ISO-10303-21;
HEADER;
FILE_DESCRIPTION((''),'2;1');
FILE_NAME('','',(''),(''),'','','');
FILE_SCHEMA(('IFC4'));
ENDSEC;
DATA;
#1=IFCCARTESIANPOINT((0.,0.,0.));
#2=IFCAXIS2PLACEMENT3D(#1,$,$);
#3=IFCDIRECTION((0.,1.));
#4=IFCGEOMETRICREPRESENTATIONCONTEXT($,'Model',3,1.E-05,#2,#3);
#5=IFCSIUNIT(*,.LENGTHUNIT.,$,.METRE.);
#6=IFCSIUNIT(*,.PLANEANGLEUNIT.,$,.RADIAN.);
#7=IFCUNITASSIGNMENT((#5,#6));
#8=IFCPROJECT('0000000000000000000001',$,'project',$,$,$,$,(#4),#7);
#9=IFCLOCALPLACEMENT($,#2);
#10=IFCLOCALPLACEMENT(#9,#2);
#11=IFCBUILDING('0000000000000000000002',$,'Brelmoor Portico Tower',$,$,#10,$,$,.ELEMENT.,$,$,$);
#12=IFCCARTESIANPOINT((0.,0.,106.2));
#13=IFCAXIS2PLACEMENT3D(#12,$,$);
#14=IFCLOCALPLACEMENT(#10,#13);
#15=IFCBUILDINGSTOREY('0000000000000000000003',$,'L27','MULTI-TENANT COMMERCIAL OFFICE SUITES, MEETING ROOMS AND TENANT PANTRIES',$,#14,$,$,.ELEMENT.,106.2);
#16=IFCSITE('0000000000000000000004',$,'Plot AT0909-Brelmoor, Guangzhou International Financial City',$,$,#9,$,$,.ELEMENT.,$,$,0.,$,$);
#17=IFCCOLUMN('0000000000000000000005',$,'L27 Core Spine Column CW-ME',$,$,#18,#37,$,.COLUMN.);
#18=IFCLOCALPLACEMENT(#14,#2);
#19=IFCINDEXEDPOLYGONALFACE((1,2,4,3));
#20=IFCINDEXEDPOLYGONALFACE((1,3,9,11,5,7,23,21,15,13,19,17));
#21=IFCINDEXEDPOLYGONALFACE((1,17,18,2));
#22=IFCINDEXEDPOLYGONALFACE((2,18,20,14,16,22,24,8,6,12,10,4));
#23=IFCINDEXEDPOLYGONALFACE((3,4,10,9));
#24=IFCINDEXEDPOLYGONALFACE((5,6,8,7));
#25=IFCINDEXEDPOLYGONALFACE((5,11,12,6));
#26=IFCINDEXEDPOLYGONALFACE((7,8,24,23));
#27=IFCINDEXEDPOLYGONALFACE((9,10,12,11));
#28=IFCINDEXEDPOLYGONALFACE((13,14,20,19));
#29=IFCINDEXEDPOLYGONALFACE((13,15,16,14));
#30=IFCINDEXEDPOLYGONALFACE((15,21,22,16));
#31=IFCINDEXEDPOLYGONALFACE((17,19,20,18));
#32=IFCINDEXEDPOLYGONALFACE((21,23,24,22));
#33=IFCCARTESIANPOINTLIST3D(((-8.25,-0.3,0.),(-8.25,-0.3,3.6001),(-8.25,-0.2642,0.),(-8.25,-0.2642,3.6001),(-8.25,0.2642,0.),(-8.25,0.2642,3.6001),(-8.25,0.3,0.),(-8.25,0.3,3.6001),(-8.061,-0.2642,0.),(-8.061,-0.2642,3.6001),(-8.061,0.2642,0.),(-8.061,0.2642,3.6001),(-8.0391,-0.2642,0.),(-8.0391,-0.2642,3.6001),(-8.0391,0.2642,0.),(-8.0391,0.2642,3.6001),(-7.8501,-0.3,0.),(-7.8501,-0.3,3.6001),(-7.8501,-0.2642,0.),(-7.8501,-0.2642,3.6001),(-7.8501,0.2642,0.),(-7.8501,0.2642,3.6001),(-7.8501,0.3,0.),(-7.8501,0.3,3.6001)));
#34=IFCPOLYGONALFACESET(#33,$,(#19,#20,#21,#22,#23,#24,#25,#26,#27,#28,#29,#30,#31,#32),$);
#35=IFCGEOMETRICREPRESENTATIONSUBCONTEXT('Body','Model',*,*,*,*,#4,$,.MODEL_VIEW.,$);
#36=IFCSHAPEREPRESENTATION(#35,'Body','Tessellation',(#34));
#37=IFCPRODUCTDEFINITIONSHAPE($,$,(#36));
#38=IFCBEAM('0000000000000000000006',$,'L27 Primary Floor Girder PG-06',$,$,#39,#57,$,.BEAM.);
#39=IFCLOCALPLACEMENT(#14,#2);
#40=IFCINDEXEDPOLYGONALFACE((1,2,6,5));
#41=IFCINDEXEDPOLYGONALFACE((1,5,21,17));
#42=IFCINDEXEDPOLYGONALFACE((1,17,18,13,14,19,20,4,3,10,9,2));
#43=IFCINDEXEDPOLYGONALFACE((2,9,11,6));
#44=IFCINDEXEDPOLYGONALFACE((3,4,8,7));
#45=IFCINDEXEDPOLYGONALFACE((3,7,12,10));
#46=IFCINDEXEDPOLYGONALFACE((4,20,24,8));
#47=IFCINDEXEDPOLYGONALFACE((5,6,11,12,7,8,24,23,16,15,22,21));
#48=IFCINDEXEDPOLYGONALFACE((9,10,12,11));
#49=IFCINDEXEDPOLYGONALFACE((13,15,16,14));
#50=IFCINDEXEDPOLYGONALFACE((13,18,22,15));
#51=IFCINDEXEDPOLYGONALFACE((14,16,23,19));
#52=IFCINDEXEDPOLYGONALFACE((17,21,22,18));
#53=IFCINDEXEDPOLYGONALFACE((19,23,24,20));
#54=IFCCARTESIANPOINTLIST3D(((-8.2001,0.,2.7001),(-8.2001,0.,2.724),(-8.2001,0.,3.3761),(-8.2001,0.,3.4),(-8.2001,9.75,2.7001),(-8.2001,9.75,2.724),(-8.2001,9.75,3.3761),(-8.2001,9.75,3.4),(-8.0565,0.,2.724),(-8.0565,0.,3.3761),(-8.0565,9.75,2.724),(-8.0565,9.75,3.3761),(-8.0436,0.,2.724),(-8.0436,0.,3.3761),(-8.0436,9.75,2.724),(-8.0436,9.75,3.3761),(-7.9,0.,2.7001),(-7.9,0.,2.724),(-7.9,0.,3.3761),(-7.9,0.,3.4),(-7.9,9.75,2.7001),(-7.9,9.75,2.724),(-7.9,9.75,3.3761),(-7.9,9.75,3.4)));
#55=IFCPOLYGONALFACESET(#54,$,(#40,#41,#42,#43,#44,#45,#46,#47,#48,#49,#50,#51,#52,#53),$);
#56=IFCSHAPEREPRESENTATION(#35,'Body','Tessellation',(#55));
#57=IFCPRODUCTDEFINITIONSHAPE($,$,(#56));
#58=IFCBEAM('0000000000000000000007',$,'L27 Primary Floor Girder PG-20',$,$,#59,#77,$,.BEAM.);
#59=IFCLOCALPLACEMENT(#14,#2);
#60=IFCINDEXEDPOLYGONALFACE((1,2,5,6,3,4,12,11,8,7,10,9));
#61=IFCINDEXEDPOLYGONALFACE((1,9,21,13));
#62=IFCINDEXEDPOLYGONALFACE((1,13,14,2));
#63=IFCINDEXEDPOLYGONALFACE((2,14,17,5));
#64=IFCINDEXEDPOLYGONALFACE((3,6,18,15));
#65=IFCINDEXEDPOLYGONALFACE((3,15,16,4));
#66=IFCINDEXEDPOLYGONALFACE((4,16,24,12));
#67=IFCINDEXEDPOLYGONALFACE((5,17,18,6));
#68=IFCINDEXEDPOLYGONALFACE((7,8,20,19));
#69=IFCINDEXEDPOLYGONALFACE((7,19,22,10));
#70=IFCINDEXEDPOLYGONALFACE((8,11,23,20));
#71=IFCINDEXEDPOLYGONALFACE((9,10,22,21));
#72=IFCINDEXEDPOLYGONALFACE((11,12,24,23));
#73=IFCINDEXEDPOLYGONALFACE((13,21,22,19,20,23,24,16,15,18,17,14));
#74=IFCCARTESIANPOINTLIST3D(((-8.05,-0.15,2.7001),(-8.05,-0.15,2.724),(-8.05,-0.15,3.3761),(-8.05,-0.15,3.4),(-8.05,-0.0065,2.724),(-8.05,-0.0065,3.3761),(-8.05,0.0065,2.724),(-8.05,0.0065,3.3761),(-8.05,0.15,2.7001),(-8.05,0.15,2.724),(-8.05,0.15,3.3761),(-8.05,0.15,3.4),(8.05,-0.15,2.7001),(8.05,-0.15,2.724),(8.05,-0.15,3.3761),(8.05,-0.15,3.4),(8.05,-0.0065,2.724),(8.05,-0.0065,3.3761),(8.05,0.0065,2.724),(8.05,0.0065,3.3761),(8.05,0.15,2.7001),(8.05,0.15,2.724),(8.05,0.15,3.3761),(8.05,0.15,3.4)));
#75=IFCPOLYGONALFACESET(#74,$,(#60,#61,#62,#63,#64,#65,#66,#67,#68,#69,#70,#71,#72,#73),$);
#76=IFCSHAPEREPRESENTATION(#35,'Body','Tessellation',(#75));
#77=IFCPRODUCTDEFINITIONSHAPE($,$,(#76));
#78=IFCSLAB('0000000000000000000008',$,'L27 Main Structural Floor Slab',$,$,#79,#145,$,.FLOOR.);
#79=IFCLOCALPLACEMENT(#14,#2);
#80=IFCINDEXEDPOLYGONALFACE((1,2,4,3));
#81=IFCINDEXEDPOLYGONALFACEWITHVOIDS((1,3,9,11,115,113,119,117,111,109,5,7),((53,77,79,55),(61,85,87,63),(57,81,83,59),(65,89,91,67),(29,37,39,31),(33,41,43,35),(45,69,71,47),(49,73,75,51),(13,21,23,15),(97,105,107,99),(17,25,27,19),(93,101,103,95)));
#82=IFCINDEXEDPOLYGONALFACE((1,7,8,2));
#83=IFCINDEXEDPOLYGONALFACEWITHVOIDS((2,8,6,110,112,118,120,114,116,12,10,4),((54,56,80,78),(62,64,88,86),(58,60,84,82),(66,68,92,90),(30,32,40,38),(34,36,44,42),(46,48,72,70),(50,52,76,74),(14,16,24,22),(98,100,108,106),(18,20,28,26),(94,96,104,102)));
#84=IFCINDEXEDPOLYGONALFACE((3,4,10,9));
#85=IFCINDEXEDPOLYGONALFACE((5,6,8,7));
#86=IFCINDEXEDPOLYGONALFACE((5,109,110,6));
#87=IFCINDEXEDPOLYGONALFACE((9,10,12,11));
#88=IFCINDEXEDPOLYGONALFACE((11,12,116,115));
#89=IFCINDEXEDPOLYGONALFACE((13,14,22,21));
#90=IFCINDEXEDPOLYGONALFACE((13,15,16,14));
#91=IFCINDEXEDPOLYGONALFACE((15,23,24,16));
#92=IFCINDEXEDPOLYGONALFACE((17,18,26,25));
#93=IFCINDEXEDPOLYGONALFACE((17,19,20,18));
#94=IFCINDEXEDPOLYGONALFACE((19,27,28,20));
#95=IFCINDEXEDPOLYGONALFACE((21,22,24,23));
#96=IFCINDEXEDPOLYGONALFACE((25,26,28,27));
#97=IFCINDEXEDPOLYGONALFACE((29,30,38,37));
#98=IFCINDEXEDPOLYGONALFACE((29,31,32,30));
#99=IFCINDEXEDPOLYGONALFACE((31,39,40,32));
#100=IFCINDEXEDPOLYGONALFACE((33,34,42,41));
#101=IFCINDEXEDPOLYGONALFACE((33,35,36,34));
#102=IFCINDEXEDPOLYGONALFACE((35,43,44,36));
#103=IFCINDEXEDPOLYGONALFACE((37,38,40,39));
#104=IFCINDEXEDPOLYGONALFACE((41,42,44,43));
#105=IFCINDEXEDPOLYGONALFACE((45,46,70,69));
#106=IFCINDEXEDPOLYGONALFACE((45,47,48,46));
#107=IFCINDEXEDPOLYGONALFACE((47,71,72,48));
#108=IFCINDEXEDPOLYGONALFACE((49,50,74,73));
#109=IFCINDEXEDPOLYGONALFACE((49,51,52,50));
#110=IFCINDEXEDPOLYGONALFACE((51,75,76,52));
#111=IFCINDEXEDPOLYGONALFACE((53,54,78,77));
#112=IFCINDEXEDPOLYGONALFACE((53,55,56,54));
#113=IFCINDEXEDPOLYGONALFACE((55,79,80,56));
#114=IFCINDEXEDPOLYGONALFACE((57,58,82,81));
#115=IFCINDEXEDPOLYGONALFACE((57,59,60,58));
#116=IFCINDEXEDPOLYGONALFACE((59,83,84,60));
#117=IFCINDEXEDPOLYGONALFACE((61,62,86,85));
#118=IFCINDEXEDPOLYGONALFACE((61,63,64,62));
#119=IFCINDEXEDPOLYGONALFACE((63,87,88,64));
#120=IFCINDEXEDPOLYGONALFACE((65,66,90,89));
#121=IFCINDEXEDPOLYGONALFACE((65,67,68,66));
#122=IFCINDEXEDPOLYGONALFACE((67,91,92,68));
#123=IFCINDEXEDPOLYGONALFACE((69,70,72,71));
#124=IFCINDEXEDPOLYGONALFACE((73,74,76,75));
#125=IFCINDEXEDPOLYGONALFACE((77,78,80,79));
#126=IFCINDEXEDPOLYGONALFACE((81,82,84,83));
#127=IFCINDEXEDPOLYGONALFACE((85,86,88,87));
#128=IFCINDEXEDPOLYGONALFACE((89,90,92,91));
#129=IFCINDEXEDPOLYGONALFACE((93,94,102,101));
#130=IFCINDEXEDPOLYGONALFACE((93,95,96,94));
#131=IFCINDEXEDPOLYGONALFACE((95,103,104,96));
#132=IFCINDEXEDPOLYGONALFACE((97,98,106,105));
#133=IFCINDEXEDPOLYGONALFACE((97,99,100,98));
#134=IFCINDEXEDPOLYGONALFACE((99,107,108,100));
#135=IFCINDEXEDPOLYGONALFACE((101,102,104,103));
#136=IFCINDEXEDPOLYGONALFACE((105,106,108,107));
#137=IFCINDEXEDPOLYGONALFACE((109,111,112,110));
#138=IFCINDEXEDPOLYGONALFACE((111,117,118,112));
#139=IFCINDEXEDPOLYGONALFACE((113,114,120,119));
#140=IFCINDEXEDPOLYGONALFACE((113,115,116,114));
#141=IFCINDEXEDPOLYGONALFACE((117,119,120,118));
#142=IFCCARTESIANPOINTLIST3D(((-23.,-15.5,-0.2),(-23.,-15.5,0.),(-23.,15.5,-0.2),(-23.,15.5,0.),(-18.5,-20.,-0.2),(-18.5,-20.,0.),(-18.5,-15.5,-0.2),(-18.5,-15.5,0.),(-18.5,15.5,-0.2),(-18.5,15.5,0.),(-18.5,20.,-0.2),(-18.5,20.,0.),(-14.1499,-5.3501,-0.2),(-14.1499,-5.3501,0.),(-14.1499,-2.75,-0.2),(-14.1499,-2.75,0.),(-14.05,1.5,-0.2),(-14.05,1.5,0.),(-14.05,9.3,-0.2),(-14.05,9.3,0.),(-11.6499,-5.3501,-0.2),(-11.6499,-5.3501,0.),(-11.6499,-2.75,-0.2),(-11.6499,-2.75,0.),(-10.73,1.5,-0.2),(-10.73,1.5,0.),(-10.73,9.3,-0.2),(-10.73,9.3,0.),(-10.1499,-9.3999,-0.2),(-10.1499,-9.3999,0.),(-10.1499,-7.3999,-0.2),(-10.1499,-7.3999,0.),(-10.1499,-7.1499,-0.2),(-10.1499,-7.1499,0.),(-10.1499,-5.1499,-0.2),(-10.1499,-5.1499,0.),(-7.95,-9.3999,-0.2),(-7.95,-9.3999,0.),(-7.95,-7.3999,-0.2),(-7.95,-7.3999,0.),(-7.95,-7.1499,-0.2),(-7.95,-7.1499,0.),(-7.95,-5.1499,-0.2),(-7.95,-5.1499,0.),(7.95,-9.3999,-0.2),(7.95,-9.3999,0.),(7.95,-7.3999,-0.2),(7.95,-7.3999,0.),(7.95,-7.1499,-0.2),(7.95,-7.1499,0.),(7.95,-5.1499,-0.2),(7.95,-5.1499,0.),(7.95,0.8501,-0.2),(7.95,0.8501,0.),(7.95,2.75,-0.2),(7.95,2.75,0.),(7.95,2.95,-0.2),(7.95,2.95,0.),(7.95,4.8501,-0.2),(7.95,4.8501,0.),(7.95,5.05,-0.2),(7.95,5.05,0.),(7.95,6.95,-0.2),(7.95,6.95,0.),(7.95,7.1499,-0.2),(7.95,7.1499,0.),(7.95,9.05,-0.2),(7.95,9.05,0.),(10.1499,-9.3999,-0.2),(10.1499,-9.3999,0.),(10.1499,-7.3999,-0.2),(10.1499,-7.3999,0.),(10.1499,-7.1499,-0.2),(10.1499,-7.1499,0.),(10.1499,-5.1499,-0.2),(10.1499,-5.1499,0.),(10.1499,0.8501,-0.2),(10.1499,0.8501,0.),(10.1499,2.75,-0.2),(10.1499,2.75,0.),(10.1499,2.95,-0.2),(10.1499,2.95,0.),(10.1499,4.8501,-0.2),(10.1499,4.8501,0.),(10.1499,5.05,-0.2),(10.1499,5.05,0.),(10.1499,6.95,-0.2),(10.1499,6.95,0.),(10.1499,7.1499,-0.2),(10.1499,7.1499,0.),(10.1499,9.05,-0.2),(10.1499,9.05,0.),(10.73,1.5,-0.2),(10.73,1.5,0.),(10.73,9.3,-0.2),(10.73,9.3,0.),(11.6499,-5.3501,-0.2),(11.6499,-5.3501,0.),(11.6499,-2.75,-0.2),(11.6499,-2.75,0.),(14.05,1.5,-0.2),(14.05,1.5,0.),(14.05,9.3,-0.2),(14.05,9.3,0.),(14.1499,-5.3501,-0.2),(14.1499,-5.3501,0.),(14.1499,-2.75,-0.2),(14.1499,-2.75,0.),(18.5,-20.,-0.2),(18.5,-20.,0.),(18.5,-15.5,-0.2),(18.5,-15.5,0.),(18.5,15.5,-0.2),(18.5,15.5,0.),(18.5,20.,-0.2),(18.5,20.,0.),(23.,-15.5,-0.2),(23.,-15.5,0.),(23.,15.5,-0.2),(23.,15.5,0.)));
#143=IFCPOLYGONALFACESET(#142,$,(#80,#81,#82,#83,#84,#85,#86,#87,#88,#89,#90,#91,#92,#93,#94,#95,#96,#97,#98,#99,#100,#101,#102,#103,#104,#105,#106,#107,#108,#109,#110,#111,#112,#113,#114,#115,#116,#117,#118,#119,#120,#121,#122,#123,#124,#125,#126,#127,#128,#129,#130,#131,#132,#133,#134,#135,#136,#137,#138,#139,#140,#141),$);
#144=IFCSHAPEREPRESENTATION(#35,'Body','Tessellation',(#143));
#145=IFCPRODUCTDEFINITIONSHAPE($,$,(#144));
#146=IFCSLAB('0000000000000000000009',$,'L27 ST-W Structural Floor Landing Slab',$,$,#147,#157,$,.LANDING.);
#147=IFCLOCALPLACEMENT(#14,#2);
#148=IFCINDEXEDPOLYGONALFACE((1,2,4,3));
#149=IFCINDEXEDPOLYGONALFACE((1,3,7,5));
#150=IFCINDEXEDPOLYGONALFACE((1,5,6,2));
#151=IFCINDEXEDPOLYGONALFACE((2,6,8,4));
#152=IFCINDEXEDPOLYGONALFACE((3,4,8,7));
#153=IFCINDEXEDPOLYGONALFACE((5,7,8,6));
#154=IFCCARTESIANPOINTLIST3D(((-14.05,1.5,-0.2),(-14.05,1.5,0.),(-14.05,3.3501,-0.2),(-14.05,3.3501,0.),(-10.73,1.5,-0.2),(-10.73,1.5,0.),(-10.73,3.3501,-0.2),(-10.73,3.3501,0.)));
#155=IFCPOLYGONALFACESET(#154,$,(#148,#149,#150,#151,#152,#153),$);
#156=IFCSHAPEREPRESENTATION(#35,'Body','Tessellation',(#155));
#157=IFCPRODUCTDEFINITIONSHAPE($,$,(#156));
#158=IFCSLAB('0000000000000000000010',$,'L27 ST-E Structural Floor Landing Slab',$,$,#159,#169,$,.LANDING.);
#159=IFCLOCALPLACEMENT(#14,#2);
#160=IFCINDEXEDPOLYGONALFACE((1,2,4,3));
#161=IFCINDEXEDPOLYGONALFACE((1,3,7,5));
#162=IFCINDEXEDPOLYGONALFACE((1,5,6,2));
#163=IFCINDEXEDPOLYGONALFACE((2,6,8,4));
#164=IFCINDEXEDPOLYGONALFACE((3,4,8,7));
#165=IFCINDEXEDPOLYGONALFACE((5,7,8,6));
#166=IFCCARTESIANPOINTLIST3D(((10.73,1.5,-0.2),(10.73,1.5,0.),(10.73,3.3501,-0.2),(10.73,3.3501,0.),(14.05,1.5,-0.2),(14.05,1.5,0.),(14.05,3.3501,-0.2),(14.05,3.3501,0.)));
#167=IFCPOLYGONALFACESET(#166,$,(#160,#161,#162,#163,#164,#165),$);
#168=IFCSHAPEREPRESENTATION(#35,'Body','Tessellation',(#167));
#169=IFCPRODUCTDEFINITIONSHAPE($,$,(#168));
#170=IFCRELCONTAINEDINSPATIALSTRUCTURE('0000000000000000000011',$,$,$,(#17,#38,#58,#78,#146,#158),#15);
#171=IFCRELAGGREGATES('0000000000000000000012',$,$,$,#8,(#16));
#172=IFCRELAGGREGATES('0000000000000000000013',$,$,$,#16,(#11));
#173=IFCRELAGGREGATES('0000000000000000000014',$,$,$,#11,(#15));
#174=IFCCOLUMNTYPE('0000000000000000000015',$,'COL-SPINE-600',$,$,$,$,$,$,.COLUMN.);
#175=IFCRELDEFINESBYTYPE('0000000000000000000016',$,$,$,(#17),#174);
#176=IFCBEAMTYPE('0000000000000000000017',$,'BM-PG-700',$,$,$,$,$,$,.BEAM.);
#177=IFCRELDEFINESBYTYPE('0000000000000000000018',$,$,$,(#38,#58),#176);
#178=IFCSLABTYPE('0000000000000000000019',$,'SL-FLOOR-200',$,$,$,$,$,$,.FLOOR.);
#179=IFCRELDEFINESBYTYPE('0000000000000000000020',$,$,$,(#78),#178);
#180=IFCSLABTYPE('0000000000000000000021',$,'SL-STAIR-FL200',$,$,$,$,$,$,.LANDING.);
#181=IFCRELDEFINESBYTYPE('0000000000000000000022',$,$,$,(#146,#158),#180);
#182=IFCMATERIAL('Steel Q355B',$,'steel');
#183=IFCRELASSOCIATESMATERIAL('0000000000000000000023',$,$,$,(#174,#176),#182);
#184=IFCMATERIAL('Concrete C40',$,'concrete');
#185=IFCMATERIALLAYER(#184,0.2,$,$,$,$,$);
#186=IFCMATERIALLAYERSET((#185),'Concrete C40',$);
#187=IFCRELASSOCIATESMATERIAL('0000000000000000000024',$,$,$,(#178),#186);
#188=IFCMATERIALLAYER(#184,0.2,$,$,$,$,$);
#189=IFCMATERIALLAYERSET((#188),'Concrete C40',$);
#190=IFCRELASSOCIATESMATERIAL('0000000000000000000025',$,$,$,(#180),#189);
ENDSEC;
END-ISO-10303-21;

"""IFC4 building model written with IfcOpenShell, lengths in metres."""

from ifc_helpers import new_model, si_unit, direction, frame, origin, origin_2d, place, context, subcontext, project, spatial, polyline, i_section, outline, extrude, material, layer, layer_set, material_profile, profile_set, type_object, element, save


model = new_model("IFC4")

# Units and contexts
model_context = context("Model", 3, precision=1e-05, world=origin(), true_north=direction((0.0, 1.0)))
body_context = subcontext(model_context, "Body", "Model", "MODEL_VIEW")
ifc_project = project(units=[si_unit("LENGTHUNIT", "METRE"), si_unit("PLANEANGLEUNIT", "RADIAN")], contexts=[model_context])

# Site, building, storey
site_placement = place(None, origin())
site = spatial("IfcSite", under=ifc_project, at=site_placement, Name="Plot AT0909-Brelmoor, Guangzhou International Financial City", CompositionType="ELEMENT", RefElevation=0.0)
building_placement = place(site_placement, origin())
building = spatial("IfcBuilding", under=site, at=building_placement, Name="Brelmoor Portico Tower", CompositionType="ELEMENT")
storey_placement = place(building_placement, frame((0.0, 0.0, 106.2)))
storey = spatial("IfcBuildingStorey", under=building, at=storey_placement, Name="L27", Description="MULTI-TENANT COMMERCIAL OFFICE SUITES, MEETING ROOMS AND TENANT PANTRIES", CompositionType="ELEMENT", Elevation=106.2)

# Column
ifc_material_1 = material(Name="Steel Q355B", Category="steel")
ifc_material_profile_1 = material_profile(ifc_material_1, i_section(OverallWidth=0.3999, OverallDepth=0.6001, WebThickness=0.022, FlangeThickness=0.0359, at=origin_2d()), Name="HW 600x400x22x36")
ifc_profile_set_1 = profile_set([ifc_material_profile_1], Name="Steel Q355B")
column_type = type_object("IfcColumnType", Name="COL-SPINE-600", PredefinedType="COLUMN", material=ifc_profile_set_1)
column_placement = place(storey_placement, frame((-8.05, 0.0, 0.0), z_axis=(0.0, 0.0, 1.0), x_axis=(1.0, 0.0, 0.0)))
element("IfcColumn", 1, at=column_placement, inside=storey, type_object=column_type, Name="L27 Core Spine Column CW-ME", PredefinedType="COLUMN", context=body_context, shape_type="SweptSolid", body=[
    extrude(i_section(OverallWidth=0.3999, OverallDepth=0.6001, WebThickness=0.022, FlangeThickness=0.0359, at=origin_2d()), origin(), (0.0, 0.0, 1.0), 3.6001),
])

# Beams
ifc_material_profile_2 = material_profile(ifc_material_1, i_section(OverallWidth=0.3, OverallDepth=0.7, WebThickness=0.0129, FlangeThickness=0.0239, at=origin_2d()), Name="HN 700x300x13x24")
ifc_profile_set_2 = profile_set([ifc_material_profile_2], Name="Steel Q355B")
beam_type = type_object("IfcBeamType", Name="BM-PG-700", PredefinedType="BEAM", material=ifc_profile_set_2)
beam_1_placement = place(storey_placement, frame((-8.05, 0.0, 3.05), z_axis=(0.0, 1.0, 0.0), x_axis=(-1.0, 0.0, 0.0)))
element("IfcBeam", 2, at=beam_1_placement, inside=storey, type_object=beam_type, Name="L27 Primary Floor Girder PG-06", PredefinedType="BEAM", context=body_context, shape_type="SweptSolid", body=[
    extrude(i_section(OverallWidth=0.3, OverallDepth=0.7, WebThickness=0.0129, FlangeThickness=0.0239, at=origin_2d()), origin(), (0.0, 0.0, 1.0), 9.75),
])
beam_2_placement = place(storey_placement, frame((-8.05, 0.0, 3.05), z_axis=(1.0, 0.0, 0.0), x_axis=(0.0, 1.0, 0.0)))
element("IfcBeam", 3, at=beam_2_placement, inside=storey, type_object=beam_type, Name="L27 Primary Floor Girder PG-20", PredefinedType="BEAM", context=body_context, shape_type="SweptSolid", body=[
    extrude(i_section(OverallWidth=0.3, OverallDepth=0.7, WebThickness=0.0129, FlangeThickness=0.0239, at=origin_2d()), origin(), (0.0, 0.0, 1.0), 16.1001),
])

# Slabs
ifc_material_2 = material(Name="Concrete C40", Category="concrete")
ifc_layer_1 = layer(ifc_material_2, 0.2)
ifc_layer_set_1 = layer_set([ifc_layer_1], Name="Concrete C40")
slab_type_1 = type_object("IfcSlabType", Name="SL-FLOOR-200", PredefinedType="FLOOR", material=ifc_layer_set_1)
slab_1_placement = place(storey_placement, frame((0.0, 0.0, -0.2)))
element("IfcSlab", 4, at=slab_1_placement, inside=storey, type_object=slab_type_1, Name="L27 Main Structural Floor Slab", PredefinedType="FLOOR", context=body_context, shape_type="SweptSolid", body=[
    extrude(outline(polyline([(-18.5, -20.0), (18.5, -20.0), (18.5, -15.5), (23.0, -15.5), (23.0, 15.5), (18.5, 15.5), (18.5, 20.0), (-18.5, 20.0), (-18.5, 15.5), (-23.0, 15.5), (-23.0, -15.5), (-18.5, -15.5), (-18.5, -20.0)]), holes=[polyline([(-10.73, 1.5), (-10.73, 9.3), (-14.05, 9.3), (-14.05, 1.5), (-10.73, 1.5)]), polyline([(14.05, 1.5), (14.05, 9.3), (10.73, 9.3), (10.73, 1.5), (14.05, 1.5)]), polyline([(7.95, 0.8501), (10.1499, 0.8501), (10.1499, 2.75), (7.95, 2.75), (7.95, 0.8501)]), polyline([(7.95, 2.95), (10.1499, 2.95), (10.1499, 4.8501), (7.95, 4.8501), (7.95, 2.95)]), polyline([(7.95, 5.05), (10.1499, 5.05), (10.1499, 6.95), (7.95, 6.95), (7.95, 5.05)]), polyline([(7.95, 7.1499), (10.1499, 7.1499), (10.1499, 9.05), (7.95, 9.05), (7.95, 7.1499)]), polyline([(-10.1499, -9.3999), (-7.95, -9.3999), (-7.95, -7.3999), (-10.1499, -7.3999), (-10.1499, -9.3999)]), polyline([(-10.1499, -7.1499), (-7.95, -7.1499), (-7.95, -5.1499), (-10.1499, -5.1499), (-10.1499, -7.1499)]), polyline([(7.95, -9.3999), (10.1499, -9.3999), (10.1499, -7.3999), (7.95, -7.3999), (7.95, -9.3999)]), polyline([(7.95, -7.1499), (10.1499, -7.1499), (10.1499, -5.1499), (7.95, -5.1499), (7.95, -7.1499)]), polyline([(-14.1499, -5.3501), (-11.6499, -5.3501), (-11.6499, -2.75), (-14.1499, -2.75), (-14.1499, -5.3501)]), polyline([(11.6499, -5.3501), (14.1499, -5.3501), (14.1499, -2.75), (11.6499, -2.75), (11.6499, -5.3501)])]), origin(), (0.0, 0.0, 1.0), 0.2),
])
ifc_layer_2 = layer(ifc_material_2, 0.2)
ifc_layer_set_2 = layer_set([ifc_layer_2], Name="Concrete C40")
slab_type_2 = type_object("IfcSlabType", Name="SL-STAIR-FL200", PredefinedType="LANDING", material=ifc_layer_set_2)
slab_2_placement = place(storey_placement, frame((0.0, 0.0, -0.2)))
element("IfcSlab", 5, at=slab_2_placement, inside=storey, type_object=slab_type_2, Name="L27 ST-W Structural Floor Landing Slab", PredefinedType="LANDING", context=body_context, shape_type="SweptSolid", body=[
    extrude(outline(polyline([(-10.73, 1.5), (-10.73, 3.3501), (-14.05, 3.3501), (-14.05, 1.5), (-10.73, 1.5)])), origin(), (0.0, 0.0, 1.0), 0.2),
])
slab_3_placement = place(storey_placement, frame((0.0, 0.0, -0.2)))
element("IfcSlab", 6, at=slab_3_placement, inside=storey, type_object=slab_type_2, Name="L27 ST-E Structural Floor Landing Slab", PredefinedType="LANDING", context=body_context, shape_type="SweptSolid", body=[
    extrude(outline(polyline([(14.05, 1.5), (14.05, 3.3501), (10.73, 3.3501), (10.73, 1.5), (14.05, 1.5)])), origin(), (0.0, 0.0, 1.0), 0.2),
])

save(model, "model.ifc")
